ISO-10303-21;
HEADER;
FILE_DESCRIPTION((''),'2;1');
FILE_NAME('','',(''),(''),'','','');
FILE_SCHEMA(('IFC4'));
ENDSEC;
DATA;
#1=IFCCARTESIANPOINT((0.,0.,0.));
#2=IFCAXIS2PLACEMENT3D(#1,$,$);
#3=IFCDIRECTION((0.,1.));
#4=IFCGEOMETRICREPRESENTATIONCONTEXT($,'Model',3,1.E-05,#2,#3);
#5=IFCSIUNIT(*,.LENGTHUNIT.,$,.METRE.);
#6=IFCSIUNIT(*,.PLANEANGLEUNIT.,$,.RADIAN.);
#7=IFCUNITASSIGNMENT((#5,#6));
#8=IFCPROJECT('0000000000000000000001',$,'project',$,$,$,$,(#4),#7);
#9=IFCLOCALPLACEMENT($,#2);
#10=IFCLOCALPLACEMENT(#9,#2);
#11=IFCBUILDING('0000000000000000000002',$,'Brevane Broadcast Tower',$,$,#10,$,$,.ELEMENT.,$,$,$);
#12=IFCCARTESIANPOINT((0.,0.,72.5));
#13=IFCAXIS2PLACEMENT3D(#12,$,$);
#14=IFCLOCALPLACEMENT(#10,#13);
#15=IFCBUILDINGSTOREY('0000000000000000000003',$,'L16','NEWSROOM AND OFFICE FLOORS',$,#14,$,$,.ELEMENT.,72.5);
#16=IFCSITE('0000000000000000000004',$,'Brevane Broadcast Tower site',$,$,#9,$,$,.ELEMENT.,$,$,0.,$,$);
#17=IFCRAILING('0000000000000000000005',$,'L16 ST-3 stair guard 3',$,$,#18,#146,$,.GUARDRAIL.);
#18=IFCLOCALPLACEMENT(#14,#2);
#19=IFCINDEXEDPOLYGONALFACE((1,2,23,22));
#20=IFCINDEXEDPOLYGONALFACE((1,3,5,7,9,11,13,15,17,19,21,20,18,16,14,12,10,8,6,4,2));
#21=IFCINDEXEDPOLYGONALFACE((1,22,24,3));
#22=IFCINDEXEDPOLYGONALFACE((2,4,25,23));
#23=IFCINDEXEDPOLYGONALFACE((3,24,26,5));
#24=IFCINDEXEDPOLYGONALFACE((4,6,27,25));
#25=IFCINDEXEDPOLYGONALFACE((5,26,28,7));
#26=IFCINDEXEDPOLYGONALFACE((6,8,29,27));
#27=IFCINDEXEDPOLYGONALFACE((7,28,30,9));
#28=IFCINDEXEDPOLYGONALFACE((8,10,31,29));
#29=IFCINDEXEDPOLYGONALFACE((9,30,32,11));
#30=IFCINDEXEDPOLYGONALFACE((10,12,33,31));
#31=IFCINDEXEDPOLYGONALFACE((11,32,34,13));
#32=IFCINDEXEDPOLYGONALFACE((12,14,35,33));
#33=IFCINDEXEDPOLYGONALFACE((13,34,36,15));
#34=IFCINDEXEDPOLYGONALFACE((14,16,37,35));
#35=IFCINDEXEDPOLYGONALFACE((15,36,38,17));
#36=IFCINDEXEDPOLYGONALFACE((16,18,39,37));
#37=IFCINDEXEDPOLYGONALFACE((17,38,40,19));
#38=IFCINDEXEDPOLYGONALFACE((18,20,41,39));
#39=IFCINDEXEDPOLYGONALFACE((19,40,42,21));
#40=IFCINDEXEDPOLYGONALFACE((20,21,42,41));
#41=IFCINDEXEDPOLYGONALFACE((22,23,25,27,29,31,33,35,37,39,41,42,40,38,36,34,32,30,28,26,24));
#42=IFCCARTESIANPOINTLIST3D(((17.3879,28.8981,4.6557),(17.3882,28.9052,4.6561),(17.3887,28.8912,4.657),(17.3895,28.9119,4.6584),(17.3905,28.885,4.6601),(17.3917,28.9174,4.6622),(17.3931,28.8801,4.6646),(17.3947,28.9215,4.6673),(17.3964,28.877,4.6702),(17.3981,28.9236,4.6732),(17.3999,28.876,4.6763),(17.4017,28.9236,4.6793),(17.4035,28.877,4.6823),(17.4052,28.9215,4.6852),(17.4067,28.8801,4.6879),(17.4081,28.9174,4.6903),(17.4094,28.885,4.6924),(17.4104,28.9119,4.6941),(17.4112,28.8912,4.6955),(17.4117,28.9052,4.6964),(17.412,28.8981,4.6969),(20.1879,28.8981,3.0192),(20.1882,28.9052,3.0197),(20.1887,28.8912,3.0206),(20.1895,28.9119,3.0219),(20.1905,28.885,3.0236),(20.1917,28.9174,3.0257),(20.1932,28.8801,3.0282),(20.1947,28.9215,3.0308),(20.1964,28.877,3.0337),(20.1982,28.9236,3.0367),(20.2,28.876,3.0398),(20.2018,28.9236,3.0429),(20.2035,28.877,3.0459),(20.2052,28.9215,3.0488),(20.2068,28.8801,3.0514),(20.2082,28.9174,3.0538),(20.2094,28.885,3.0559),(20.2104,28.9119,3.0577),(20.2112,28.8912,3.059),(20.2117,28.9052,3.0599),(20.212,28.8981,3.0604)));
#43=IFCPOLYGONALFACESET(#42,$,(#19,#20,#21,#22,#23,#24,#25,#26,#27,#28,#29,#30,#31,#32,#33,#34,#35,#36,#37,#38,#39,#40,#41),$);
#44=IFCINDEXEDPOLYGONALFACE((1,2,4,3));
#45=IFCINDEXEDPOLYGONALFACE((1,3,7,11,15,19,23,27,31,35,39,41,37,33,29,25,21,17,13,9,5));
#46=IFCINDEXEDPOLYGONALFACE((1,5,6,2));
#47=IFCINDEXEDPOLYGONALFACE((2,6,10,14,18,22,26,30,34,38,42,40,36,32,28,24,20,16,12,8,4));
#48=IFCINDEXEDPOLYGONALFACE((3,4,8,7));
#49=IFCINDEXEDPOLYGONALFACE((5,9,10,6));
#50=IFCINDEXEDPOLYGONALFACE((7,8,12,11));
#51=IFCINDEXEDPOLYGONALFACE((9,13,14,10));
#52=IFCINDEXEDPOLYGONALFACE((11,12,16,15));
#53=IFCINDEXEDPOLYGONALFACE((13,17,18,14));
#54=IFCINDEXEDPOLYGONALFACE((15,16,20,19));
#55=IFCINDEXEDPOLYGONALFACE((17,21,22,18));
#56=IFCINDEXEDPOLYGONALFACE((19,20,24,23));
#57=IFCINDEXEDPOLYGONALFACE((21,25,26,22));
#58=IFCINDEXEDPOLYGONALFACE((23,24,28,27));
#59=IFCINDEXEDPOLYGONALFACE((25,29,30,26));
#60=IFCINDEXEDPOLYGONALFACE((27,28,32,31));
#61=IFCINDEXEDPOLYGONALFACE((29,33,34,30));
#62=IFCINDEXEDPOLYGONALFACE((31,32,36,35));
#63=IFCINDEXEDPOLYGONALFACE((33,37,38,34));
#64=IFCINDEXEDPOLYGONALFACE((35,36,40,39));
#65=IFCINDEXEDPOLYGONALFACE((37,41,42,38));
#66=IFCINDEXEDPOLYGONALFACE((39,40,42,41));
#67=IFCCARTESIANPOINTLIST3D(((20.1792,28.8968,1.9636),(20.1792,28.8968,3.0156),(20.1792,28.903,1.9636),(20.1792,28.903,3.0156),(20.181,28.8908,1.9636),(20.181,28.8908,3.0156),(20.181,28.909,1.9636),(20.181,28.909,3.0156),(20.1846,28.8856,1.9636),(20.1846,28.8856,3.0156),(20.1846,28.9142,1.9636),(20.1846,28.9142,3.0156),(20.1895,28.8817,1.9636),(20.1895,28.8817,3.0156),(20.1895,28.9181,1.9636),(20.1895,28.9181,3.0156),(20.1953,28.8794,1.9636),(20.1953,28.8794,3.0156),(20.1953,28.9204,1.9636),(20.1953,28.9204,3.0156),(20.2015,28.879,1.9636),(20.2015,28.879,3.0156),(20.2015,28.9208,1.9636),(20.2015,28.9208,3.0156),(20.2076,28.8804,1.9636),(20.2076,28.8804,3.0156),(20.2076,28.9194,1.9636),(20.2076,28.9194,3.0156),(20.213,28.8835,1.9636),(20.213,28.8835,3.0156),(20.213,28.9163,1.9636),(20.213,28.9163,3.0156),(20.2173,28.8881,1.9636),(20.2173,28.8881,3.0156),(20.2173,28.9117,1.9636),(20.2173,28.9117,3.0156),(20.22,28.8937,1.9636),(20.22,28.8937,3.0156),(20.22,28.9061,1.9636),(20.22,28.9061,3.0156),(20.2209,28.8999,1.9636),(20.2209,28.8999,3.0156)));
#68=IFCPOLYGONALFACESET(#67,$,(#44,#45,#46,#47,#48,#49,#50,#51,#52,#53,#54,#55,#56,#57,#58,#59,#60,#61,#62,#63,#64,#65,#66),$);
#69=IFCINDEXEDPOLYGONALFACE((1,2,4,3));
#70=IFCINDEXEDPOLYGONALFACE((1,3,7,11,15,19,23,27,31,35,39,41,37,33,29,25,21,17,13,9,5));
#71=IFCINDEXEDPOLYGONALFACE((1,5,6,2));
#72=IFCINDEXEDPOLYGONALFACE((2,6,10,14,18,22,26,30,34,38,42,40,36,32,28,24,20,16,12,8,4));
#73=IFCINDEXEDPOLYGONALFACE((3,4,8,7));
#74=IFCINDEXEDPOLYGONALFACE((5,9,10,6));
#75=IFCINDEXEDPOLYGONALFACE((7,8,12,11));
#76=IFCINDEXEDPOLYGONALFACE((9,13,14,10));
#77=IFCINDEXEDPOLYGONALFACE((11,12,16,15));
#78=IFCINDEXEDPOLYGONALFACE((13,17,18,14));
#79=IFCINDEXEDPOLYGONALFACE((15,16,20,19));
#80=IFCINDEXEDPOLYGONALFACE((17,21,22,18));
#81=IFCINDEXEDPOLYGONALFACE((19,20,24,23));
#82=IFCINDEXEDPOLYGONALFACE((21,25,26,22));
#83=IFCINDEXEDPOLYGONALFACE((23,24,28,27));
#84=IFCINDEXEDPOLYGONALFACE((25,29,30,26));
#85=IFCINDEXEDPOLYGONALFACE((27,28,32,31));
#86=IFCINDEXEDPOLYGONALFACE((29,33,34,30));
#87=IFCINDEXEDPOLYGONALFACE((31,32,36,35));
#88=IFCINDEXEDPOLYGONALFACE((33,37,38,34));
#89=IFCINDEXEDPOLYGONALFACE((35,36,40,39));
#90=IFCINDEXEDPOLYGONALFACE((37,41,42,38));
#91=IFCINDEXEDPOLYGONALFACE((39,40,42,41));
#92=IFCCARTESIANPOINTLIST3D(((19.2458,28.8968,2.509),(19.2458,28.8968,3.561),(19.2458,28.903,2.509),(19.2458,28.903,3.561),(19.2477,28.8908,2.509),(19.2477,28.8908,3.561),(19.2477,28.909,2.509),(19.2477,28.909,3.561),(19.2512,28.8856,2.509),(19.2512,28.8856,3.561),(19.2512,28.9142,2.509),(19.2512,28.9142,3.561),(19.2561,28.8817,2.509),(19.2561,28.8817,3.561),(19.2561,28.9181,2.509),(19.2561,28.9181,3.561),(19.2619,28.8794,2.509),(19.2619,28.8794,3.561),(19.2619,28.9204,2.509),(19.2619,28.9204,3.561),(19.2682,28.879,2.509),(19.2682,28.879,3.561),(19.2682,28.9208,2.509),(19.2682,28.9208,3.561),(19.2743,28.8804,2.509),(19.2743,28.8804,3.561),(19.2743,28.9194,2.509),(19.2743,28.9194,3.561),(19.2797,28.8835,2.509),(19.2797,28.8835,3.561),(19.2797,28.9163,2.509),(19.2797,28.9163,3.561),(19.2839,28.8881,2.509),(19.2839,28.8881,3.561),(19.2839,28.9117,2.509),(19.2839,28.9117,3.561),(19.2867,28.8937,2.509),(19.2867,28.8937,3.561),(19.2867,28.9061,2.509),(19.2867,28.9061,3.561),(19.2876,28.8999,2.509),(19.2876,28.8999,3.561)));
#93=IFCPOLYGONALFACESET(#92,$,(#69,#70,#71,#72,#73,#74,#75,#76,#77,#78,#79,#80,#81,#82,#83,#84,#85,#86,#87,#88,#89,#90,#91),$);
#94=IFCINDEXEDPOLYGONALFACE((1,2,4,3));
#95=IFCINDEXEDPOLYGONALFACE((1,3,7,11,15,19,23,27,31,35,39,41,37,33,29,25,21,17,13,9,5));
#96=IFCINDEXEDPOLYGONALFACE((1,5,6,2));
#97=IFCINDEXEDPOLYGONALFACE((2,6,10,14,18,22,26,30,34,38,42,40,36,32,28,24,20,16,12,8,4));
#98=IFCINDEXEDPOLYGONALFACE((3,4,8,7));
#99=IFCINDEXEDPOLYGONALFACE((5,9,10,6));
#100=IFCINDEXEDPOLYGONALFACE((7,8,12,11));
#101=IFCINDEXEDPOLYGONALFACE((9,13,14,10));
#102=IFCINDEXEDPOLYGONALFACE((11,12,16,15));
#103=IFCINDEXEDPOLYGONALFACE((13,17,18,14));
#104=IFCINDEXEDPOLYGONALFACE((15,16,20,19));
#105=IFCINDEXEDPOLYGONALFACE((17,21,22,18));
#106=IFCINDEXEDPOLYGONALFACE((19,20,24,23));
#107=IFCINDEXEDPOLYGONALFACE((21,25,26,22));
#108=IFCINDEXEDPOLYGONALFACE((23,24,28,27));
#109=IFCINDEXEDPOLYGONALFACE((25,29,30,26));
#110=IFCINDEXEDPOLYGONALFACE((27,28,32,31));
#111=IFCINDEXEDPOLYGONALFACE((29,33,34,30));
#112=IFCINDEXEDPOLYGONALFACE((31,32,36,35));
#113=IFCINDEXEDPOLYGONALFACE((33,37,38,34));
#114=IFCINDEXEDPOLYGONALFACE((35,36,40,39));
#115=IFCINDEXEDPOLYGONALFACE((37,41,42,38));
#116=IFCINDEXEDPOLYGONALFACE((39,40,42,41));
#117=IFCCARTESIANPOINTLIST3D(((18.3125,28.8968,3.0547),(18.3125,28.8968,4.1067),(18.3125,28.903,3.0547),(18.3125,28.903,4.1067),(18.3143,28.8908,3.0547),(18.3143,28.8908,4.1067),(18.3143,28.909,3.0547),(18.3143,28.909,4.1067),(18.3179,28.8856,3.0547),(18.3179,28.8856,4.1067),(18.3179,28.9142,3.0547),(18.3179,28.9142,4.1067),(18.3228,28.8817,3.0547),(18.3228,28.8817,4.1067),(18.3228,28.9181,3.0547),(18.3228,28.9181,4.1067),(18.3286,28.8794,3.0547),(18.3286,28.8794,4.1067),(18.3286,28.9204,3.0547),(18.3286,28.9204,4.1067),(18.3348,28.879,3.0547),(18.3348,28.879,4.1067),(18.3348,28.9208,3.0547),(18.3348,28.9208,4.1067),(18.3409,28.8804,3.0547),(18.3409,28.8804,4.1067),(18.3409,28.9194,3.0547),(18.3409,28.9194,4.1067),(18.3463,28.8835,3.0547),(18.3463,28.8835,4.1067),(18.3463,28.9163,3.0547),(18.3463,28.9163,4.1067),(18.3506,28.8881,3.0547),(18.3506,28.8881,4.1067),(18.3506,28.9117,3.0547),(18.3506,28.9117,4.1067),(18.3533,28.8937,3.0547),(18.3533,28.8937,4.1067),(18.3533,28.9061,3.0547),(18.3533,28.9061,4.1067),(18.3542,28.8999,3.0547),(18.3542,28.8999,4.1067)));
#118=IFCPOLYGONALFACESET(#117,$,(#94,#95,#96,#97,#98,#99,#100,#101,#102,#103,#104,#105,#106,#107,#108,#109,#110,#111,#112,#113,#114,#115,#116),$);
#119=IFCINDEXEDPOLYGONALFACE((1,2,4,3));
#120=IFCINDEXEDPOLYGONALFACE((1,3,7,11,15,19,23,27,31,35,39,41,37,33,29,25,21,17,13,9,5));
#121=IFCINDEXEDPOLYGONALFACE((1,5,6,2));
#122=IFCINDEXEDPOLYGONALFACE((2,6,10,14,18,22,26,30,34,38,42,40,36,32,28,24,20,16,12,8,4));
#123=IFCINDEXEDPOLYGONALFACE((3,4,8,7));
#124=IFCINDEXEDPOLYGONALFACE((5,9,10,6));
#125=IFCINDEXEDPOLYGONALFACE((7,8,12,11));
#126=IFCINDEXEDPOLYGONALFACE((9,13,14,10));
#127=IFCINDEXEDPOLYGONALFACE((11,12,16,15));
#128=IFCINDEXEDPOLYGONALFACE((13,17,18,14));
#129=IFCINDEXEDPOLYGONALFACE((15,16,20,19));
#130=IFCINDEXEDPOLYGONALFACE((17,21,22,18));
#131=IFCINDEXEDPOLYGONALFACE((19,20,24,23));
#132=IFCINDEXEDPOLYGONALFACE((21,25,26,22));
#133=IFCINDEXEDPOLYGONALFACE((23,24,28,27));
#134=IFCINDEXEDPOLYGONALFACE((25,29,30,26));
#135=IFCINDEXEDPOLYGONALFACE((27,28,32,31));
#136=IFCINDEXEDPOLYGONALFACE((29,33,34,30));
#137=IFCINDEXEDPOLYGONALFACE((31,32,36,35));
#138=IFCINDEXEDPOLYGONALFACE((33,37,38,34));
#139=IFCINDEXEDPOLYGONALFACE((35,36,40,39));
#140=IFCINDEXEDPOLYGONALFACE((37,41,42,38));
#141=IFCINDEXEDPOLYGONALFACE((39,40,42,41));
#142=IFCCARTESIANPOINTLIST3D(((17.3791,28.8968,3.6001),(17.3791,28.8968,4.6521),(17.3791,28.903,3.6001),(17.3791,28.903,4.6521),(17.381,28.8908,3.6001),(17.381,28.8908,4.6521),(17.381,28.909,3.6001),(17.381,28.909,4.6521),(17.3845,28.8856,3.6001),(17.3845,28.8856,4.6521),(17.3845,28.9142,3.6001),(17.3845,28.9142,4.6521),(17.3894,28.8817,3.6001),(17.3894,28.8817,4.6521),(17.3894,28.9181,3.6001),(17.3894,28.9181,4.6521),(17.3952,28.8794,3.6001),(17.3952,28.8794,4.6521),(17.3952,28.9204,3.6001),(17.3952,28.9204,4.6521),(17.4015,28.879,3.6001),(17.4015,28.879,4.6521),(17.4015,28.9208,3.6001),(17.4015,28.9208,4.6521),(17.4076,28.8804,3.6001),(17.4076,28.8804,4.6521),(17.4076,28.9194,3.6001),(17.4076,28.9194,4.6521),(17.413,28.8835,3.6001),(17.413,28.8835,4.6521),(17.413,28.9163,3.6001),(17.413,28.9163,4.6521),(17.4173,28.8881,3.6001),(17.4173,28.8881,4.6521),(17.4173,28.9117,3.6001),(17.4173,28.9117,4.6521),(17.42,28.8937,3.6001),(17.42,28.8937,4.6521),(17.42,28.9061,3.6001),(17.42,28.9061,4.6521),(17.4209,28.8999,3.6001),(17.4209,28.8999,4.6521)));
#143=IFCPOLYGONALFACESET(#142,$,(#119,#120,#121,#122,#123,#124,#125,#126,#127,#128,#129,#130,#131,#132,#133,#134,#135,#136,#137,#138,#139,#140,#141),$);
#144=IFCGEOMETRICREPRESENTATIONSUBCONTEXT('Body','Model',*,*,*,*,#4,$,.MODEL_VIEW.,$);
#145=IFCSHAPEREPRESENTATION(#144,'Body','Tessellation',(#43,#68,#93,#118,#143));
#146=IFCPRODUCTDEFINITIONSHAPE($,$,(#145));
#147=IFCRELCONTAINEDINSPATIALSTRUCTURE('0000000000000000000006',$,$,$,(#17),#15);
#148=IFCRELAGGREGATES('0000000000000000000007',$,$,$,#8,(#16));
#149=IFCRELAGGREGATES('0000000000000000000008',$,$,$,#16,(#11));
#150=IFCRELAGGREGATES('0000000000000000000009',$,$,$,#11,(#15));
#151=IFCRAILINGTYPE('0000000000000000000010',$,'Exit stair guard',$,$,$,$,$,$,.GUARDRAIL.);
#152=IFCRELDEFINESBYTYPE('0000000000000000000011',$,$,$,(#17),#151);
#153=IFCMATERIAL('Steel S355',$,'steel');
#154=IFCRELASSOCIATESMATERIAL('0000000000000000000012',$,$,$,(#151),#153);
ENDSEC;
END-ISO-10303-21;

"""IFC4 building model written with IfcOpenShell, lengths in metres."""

from ifc_helpers import new_model, si_unit, direction, frame, origin, origin_2d, place, context, subcontext, project, spatial, circle, extrude, material, type_object, element, save


model = new_model("IFC4")

# Units and contexts
model_context = context("Model", 3, precision=1e-05, world=origin(), true_north=direction((0.0, 1.0)))
body_context = subcontext(model_context, "Body", "Model", "MODEL_VIEW")
ifc_project = project(units=[si_unit("LENGTHUNIT", "METRE"), si_unit("PLANEANGLEUNIT", "RADIAN")], contexts=[model_context])

# Site, building, storey
site_placement = place(None, origin())
site = spatial("IfcSite", under=ifc_project, at=site_placement, Name="Brevane Broadcast Tower site", CompositionType="ELEMENT", RefElevation=0.0)
building_placement = place(site_placement, origin())
building = spatial("IfcBuilding", under=site, at=building_placement, Name="Brevane Broadcast Tower", CompositionType="ELEMENT")
storey_placement = place(building_placement, frame((0.0, 0.0, 72.5)))
storey = spatial("IfcBuildingStorey", under=building, at=storey_placement, Name="L16", Description="NEWSROOM AND OFFICE FLOORS", CompositionType="ELEMENT", Elevation=72.5)

# Railing
ifc_material_1 = material(Name="Steel S355", Category="steel")
railing_type_1 = type_object("IfcRailingType", Name="Exit stair guard", PredefinedType="GUARDRAIL", material=ifc_material_1)
railing_1_placement = place(storey_placement, frame((20.2, 28.8999, 1.9636)))
element("IfcRailing", 1, at=railing_1_placement, inside=storey, type_object=railing_type_1, Name="L16 ST-3 stair guard 3", PredefinedType="GUARDRAIL", context=body_context, shape_type="SweptSolid", body=[
    extrude(circle(Radius=0.0239, at=origin_2d()), frame((0.0, 0.0, 1.0762), z_axis=(-0.863361, 0.0, 0.504587), x_axis=(0.0, -1.0, 0.0)), (0.0, 0.0, 1.0), 3.2432),
    extrude(circle(Radius=0.021, at=origin_2d()), origin(), (0.0, 0.0, 1.0), 1.052),
    extrude(circle(Radius=0.021, at=origin_2d()), frame((-0.9333, 0.0, 0.5454)), (0.0, 0.0, 1.0), 1.052),
    extrude(circle(Radius=0.021, at=origin_2d()), frame((-1.8667, 0.0, 1.0911)), (0.0, 0.0, 1.0), 1.052),
    extrude(circle(Radius=0.021, at=origin_2d()), frame((-2.8, 0.0, 1.6365)), (0.0, 0.0, 1.0), 1.052),
])

save(model, "model.ifc")
